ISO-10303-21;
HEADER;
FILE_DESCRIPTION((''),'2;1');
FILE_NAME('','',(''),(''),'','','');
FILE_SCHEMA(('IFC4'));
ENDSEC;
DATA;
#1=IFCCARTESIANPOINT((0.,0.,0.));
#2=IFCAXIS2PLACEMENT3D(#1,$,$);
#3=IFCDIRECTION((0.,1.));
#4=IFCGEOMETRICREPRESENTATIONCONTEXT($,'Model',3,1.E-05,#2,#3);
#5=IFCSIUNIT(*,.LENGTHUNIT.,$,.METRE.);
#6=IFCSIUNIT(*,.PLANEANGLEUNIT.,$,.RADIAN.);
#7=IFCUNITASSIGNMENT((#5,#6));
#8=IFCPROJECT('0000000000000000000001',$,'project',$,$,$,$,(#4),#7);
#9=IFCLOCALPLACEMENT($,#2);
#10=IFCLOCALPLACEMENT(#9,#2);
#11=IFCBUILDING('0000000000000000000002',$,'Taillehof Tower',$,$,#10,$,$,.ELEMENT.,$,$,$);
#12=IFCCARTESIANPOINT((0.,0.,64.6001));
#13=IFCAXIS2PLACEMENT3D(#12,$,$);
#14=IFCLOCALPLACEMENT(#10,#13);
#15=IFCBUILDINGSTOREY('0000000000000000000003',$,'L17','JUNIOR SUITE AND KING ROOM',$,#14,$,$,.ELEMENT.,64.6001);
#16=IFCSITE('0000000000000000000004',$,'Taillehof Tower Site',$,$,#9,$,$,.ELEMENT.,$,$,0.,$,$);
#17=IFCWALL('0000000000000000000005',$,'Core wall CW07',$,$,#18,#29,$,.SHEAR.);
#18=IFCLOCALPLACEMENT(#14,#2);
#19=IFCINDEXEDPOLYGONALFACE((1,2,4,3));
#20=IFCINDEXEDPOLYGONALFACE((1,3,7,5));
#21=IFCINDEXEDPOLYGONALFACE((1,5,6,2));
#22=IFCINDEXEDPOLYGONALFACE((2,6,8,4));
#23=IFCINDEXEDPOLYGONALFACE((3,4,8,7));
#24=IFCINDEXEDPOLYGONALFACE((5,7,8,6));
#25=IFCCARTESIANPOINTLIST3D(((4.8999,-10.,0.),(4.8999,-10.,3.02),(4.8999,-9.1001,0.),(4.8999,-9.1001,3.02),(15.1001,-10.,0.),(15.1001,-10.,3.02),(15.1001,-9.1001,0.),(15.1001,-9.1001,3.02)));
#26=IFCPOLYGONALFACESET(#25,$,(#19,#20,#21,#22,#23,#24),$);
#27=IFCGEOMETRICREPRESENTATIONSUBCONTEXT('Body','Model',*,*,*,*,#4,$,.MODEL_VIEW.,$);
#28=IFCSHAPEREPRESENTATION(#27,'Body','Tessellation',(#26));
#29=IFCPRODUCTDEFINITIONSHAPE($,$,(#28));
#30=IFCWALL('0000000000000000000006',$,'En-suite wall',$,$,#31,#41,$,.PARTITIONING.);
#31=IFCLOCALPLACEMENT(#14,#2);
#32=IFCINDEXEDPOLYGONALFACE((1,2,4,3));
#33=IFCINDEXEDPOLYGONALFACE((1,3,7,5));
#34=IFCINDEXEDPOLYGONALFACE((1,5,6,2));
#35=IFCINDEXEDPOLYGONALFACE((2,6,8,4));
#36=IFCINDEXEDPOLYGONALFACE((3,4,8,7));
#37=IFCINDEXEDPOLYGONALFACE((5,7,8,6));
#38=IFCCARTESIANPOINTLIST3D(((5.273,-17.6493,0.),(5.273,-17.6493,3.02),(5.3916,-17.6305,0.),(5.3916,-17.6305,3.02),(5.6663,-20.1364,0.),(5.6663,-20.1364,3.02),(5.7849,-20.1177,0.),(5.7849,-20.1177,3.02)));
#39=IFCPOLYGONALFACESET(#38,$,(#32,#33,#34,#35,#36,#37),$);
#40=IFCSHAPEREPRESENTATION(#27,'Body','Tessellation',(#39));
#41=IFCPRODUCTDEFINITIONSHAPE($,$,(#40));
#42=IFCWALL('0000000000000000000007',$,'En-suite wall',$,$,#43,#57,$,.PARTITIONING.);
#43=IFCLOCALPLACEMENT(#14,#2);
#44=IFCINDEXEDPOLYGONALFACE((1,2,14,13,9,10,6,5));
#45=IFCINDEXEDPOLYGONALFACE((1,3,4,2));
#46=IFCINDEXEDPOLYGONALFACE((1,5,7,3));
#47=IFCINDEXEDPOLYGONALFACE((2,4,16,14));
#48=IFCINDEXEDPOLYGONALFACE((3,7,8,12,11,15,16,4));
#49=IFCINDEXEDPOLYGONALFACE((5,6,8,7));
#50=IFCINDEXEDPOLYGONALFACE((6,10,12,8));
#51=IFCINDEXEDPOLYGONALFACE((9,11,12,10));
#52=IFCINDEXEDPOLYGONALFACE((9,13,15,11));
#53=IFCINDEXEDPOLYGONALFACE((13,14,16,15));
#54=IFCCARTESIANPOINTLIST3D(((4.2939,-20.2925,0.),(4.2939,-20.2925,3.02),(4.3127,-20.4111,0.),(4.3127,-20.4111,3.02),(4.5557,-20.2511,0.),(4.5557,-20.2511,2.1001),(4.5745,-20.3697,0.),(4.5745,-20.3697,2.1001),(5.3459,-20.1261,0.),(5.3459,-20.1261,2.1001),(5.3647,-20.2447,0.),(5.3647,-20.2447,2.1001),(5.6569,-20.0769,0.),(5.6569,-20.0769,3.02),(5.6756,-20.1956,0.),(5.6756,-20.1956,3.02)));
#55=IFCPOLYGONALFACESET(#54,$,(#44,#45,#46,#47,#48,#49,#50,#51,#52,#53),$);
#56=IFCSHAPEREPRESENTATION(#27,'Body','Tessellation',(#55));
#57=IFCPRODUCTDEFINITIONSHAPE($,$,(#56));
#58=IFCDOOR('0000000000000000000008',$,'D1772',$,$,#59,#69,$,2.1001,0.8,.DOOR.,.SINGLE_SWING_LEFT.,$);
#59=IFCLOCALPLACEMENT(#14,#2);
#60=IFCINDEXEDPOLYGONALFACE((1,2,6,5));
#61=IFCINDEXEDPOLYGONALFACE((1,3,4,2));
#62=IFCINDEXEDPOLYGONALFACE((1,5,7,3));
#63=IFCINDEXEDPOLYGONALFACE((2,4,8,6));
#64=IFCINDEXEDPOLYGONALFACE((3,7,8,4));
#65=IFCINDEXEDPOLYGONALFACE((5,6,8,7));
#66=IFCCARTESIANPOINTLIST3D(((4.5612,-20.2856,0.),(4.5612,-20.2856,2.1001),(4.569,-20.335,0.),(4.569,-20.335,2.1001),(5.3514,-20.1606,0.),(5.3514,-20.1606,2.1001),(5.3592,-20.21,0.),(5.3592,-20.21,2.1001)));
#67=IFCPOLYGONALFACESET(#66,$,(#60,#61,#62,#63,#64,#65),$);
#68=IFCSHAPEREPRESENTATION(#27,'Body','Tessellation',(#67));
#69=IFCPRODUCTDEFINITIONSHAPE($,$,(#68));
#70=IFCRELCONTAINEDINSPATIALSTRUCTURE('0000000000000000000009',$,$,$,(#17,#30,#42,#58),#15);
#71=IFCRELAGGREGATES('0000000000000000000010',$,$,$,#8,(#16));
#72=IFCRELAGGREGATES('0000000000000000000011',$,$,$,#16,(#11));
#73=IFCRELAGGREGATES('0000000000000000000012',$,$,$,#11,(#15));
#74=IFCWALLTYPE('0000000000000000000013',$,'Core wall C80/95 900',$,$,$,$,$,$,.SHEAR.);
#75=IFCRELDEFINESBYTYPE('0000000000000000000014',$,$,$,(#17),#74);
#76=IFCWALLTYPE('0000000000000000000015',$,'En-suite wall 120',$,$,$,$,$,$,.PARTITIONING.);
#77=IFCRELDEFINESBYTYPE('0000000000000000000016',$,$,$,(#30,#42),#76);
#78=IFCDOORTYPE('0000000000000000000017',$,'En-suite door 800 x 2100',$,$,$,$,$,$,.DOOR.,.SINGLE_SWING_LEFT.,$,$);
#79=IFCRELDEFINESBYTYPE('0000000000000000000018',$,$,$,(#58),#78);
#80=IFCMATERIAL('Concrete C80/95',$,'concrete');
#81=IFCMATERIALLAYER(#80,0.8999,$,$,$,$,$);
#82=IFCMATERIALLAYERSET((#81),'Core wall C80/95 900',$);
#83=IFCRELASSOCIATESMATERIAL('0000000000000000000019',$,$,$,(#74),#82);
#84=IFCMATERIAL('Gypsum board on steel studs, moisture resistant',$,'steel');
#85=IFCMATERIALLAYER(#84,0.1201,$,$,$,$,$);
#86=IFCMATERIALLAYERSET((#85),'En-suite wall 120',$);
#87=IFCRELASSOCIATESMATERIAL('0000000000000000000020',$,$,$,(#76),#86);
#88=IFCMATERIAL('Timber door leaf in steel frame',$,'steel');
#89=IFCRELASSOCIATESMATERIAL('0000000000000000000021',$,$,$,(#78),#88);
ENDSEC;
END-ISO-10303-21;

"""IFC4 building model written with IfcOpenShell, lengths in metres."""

from ifc_helpers import new_model, si_unit, direction, frame, frame_2d, origin, place, context, subcontext, project, spatial, rectangle, extrude, material, layer, layer_set, type_object, element, fill, save


model = new_model("IFC4")

# Units and contexts
model_context = context("Model", 3, precision=1e-05, world=origin(), true_north=direction((0.0, 1.0)))
body_context = subcontext(model_context, "Body", "Model", "MODEL_VIEW")
ifc_project = project(units=[si_unit("LENGTHUNIT", "METRE"), si_unit("PLANEANGLEUNIT", "RADIAN")], contexts=[model_context])

# Site, building, storey
site_placement = place(None, origin())
site = spatial("IfcSite", under=ifc_project, at=site_placement, Name="Taillehof Tower Site", CompositionType="ELEMENT", RefElevation=0.0)
building_placement = place(site_placement, origin())
building = spatial("IfcBuilding", under=site, at=building_placement, Name="Taillehof Tower", CompositionType="ELEMENT")
storey_placement = place(building_placement, frame((0.0, 0.0, 64.6001)))
storey = spatial("IfcBuildingStorey", under=building, at=storey_placement, Name="L17", Description="JUNIOR SUITE AND KING ROOM", CompositionType="ELEMENT", Elevation=64.6001)

# Shared definitions
ifc_material_1 = material(Name="Concrete C80/95", Category="concrete")
ifc_layer_1 = layer(ifc_material_1, 0.8999)
ifc_layer_set_1 = layer_set([ifc_layer_1], Name="Core wall C80/95 900")
wall_type_1 = type_object("IfcWallType", Name="Core wall C80/95 900", PredefinedType="SHEAR", material=ifc_layer_set_1)

# Walls
wall_1_placement = place(storey_placement, frame((4.8999, -9.55, 0.0), z_axis=(0.0, 0.0, 1.0), x_axis=(1.0, 0.0, 0.0)))
element("IfcWall", 1, at=wall_1_placement, inside=storey, type_object=wall_type_1, Name="Core wall CW07", PredefinedType="SHEAR", context=body_context, shape_type="SweptSolid", body=[
    extrude(rectangle(XDim=10.2002, YDim=0.8999, at=frame_2d((5.1001, 0.0))), origin(), (0.0, 0.0, 1.0), 3.02),
])
ifc_material_2 = material(Name="Gypsum board on steel studs, moisture resistant", Category="steel")
ifc_layer_2 = layer(ifc_material_2, 0.1201)
ifc_layer_set_2 = layer_set([ifc_layer_2], Name="En-suite wall 120")
wall_type_2 = type_object("IfcWallType", Name="En-suite wall 120", PredefinedType="PARTITIONING", material=ifc_layer_set_2)
wall_2_placement = place(storey_placement, frame((5.3323, -17.6399, 0.0), z_axis=(0.0, 0.0, 1.0), x_axis=(0.156202, -0.987725, 0.0)))
element("IfcWall", 2, at=wall_2_placement, inside=storey, type_object=wall_type_2, Name="En-suite wall", PredefinedType="PARTITIONING", context=body_context, shape_type="SweptSolid", body=[
    extrude(rectangle(XDim=2.5181, YDim=0.1201, at=frame_2d((1.259, 0.0))), origin(), (0.0, 0.0, 1.0), 3.02),
])

# Wall, opening, door
wall_3_placement = place(storey_placement, frame((5.6663, -20.1362, 0.0), z_axis=(0.0, 0.0, 1.0), x_axis=(-0.987723, -0.156217, 0.0)))
wall_3 = element("IfcWall", 3, at=wall_3_placement, inside=storey, type_object=wall_type_2, Name="En-suite wall", PredefinedType="PARTITIONING", context=body_context, shape_type="SweptSolid", body=[
    extrude(rectangle(XDim=1.3799, YDim=0.1201, at=frame_2d((0.6899, 0.0))), origin(), (0.0, 0.0, 1.0), 3.02),
])
opening_1_placement = place(wall_3_placement, frame((0.3149, 0.0, 0.0)))
opening_1 = element("IfcOpeningElement", 4, at=opening_1_placement, cuts=wall_3, PredefinedType="OPENING", context=body_context, shape_type="SweptSolid", body=[
    extrude(rectangle(XDim=0.8, YDim=2.1001, at=frame_2d((0.3999, 1.05))), frame((0.0, 0.0701, 0.0), z_axis=(0.0, -1.0, 0.0), x_axis=(1.0, 0.0, 0.0)), (0.0, 0.0, 1.0), 0.1401),
])
ifc_material_3 = material(Name="Timber door leaf in steel frame", Category="steel")
door_type_1 = type_object("IfcDoorType", Name="En-suite door 800 x 2100", OperationType="SINGLE_SWING_LEFT", PredefinedType="DOOR", material=ifc_material_3)
door_1_placement = place(opening_1_placement, origin())
door_1 = element("IfcDoor", 5, at=door_1_placement, inside=storey, type_object=door_type_1, Name="D1772", OperationType="SINGLE_SWING_LEFT", OverallHeight=2.1001, OverallWidth=0.8, PredefinedType="DOOR", context=body_context, shape_type="SweptSolid", body=[
    extrude(rectangle(XDim=0.8, YDim=2.1001, at=frame_2d((0.3999, 1.05))), frame((0.0, 0.0249, 0.0), z_axis=(0.0, -1.0, 0.0), x_axis=(1.0, 0.0, 0.0)), (0.0, 0.0, 1.0), 0.05),
])
fill(opening_1, door_1)

save(model, "model.ifc")
